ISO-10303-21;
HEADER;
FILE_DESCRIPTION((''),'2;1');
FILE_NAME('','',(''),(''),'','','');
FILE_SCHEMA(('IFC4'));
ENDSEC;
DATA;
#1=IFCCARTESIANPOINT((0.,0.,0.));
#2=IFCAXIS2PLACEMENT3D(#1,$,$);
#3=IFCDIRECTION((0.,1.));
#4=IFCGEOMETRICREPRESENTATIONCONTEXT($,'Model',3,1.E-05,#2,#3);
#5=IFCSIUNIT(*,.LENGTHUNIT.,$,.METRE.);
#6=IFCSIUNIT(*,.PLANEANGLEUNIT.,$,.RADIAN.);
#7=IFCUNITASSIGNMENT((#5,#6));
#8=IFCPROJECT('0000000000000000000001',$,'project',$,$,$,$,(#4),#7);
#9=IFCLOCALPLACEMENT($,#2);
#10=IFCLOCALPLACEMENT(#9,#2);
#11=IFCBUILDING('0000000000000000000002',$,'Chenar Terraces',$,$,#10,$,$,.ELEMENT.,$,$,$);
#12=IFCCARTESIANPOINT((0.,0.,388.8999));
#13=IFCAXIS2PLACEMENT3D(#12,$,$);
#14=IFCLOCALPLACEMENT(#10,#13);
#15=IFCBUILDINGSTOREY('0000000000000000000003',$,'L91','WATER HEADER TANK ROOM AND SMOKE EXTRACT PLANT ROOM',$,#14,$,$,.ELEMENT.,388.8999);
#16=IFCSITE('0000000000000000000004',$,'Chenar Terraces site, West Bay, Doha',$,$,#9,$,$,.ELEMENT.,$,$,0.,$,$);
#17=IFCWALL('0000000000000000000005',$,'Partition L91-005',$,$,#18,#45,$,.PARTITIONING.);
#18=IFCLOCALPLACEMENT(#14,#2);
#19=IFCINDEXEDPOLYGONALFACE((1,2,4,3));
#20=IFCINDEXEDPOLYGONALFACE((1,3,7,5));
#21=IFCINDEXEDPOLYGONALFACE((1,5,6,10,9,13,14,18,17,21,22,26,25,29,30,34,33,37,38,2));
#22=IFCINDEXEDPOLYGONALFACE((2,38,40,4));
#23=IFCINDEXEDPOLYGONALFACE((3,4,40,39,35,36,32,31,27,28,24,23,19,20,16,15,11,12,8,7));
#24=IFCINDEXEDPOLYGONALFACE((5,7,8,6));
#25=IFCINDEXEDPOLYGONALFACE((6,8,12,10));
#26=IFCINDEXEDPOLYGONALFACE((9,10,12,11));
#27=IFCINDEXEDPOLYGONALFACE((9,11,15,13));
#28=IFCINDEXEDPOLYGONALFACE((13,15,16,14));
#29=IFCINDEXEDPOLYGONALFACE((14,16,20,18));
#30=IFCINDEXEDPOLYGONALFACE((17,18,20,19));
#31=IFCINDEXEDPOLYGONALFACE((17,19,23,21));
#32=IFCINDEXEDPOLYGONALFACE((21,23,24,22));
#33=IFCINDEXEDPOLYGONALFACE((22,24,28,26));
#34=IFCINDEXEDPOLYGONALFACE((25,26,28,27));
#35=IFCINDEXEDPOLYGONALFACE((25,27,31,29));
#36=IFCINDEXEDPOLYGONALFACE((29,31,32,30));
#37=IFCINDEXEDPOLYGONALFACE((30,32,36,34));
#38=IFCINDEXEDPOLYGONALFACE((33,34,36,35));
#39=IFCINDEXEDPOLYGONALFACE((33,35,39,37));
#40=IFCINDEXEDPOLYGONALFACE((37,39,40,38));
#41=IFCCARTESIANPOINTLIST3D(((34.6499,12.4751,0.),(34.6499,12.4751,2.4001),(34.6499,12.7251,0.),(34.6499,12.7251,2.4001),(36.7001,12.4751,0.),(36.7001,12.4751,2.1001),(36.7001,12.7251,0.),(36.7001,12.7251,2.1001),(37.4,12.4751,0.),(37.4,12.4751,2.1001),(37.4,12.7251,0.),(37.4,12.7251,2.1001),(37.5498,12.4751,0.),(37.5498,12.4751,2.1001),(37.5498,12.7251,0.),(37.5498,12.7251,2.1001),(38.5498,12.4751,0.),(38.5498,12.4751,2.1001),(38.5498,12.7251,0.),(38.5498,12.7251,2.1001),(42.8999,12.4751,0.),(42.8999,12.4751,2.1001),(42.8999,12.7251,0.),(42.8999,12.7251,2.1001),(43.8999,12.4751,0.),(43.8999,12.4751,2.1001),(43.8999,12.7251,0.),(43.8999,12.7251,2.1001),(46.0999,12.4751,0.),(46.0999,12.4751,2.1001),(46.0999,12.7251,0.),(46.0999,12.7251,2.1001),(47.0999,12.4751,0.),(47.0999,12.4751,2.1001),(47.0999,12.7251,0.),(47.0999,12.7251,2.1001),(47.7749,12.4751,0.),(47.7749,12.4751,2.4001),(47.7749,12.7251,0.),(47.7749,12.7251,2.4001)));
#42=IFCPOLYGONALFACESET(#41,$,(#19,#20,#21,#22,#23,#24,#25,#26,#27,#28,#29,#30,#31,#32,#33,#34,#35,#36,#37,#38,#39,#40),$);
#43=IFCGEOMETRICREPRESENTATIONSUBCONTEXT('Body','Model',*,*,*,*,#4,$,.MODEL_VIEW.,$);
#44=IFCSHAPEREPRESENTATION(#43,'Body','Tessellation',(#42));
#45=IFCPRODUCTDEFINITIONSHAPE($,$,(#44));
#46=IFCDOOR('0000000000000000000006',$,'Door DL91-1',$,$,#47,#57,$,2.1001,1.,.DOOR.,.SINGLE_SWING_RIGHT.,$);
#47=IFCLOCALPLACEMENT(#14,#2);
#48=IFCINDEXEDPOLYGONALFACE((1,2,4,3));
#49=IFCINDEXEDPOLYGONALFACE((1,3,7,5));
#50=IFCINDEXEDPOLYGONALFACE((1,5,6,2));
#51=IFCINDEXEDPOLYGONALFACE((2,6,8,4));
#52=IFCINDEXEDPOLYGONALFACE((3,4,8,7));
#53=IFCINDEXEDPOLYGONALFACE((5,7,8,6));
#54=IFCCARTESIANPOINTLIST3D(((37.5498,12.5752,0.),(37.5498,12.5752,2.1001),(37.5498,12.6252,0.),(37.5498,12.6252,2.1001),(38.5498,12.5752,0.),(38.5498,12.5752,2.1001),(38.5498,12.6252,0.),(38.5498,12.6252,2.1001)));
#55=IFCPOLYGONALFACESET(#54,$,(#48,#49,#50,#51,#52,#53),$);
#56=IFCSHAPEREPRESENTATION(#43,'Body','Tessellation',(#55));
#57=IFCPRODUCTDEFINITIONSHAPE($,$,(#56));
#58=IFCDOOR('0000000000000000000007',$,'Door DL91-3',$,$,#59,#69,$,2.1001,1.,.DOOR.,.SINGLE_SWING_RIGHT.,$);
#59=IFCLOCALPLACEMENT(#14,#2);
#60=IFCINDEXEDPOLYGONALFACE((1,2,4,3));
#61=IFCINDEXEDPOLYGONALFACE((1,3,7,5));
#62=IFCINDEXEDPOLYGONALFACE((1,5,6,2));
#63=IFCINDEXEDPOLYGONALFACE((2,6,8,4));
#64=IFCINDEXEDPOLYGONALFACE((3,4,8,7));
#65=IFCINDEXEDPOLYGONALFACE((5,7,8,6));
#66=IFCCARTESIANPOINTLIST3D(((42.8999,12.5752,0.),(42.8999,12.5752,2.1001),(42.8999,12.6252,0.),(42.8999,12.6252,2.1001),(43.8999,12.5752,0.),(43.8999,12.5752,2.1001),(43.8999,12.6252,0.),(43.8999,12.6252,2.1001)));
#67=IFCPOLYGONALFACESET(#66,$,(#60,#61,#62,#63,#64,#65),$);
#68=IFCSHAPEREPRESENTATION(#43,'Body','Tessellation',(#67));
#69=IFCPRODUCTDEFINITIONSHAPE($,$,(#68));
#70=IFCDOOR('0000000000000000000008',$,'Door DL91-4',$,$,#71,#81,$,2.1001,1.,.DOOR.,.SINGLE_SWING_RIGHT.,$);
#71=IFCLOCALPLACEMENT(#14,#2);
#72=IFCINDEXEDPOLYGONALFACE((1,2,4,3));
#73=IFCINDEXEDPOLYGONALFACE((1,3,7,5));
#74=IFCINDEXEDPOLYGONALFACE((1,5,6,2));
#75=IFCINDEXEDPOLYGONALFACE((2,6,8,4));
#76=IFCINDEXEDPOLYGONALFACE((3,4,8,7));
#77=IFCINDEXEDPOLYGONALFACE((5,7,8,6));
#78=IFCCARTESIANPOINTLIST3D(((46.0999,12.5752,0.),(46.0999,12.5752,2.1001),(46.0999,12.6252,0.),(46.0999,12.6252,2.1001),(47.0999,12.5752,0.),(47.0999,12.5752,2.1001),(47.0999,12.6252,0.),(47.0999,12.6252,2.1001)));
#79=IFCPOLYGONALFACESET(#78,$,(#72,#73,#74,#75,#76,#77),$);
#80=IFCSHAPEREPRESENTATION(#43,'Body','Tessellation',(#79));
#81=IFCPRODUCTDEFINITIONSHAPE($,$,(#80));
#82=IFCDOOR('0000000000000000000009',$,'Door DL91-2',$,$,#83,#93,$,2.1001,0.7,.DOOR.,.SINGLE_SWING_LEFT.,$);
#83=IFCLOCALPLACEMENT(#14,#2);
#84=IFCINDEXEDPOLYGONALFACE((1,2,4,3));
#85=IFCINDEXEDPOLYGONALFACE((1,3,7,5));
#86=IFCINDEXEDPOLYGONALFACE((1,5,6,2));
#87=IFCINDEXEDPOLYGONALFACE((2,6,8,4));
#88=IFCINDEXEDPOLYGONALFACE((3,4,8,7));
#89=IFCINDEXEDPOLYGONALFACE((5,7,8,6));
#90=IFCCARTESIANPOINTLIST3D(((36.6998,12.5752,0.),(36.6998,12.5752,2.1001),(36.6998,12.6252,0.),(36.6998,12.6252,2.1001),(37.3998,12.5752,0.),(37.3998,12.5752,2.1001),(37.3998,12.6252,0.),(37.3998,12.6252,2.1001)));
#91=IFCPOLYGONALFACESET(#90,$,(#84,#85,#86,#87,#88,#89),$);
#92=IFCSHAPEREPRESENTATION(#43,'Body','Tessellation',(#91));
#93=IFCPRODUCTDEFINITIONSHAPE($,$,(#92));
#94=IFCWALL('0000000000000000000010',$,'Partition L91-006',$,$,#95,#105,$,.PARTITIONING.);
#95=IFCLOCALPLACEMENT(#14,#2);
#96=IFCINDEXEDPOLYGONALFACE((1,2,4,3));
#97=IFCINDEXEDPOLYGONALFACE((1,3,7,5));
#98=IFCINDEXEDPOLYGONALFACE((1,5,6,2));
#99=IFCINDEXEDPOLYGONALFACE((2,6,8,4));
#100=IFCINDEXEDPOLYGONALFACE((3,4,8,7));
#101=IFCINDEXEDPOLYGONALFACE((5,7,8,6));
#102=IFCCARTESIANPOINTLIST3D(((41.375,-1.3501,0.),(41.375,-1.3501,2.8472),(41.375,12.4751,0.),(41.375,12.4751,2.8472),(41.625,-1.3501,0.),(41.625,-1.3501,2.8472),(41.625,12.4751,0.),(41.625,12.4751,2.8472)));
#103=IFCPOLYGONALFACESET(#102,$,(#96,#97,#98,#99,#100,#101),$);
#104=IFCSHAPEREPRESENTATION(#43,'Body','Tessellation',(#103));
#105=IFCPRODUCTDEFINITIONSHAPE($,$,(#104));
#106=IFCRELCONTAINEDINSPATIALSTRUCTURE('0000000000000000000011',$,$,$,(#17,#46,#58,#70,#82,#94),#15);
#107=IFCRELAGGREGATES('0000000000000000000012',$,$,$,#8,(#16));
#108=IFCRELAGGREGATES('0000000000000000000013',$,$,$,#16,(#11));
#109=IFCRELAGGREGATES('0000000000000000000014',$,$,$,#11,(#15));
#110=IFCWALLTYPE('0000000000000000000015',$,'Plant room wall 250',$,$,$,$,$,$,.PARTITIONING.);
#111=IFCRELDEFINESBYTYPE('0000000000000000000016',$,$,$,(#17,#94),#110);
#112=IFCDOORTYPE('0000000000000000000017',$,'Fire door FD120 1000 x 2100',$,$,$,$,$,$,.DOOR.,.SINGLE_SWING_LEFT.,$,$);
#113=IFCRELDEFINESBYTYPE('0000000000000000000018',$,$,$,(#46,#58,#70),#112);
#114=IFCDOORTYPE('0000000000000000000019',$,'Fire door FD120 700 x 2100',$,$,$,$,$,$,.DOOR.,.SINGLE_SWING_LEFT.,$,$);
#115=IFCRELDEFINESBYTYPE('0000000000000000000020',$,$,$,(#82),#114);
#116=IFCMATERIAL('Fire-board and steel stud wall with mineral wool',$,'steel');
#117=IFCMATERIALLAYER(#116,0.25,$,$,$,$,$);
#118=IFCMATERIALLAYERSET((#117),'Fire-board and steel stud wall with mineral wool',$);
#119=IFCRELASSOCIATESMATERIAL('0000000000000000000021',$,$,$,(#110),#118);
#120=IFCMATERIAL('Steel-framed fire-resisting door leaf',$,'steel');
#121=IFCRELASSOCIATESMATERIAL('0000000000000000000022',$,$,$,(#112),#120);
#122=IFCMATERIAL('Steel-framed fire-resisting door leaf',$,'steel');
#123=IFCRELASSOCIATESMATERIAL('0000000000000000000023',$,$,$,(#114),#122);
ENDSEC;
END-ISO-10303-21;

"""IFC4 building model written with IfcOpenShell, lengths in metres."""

from ifc_helpers import new_model, si_unit, direction, frame, frame_2d, origin, place, context, subcontext, project, spatial, rectangle, extrude, material, layer, layer_set, type_object, element, fill, save


model = new_model("IFC4")

# Units and contexts
model_context = context("Model", 3, precision=1e-05, world=origin(), true_north=direction((0.0, 1.0)))
body_context = subcontext(model_context, "Body", "Model", "MODEL_VIEW")
ifc_project = project(units=[si_unit("LENGTHUNIT", "METRE"), si_unit("PLANEANGLEUNIT", "RADIAN")], contexts=[model_context])

# Site, building, storey
site_placement = place(None, origin())
site = spatial("IfcSite", under=ifc_project, at=site_placement, Name="Chenar Terraces site, West Bay, Doha", CompositionType="ELEMENT", RefElevation=0.0)
building_placement = place(site_placement, origin())
building = spatial("IfcBuilding", under=site, at=building_placement, Name="Chenar Terraces", CompositionType="ELEMENT")
storey_placement = place(building_placement, frame((0.0, 0.0, 388.8999)))
storey = spatial("IfcBuildingStorey", under=building, at=storey_placement, Name="L91", Description="WATER HEADER TANK ROOM AND SMOKE EXTRACT PLANT ROOM", CompositionType="ELEMENT", Elevation=388.8999)

# Wall, openings, doors
ifc_material_1 = material(Name="Fire-board and steel stud wall with mineral wool", Category="steel")
ifc_layer_1 = layer(ifc_material_1, 0.25)
ifc_layer_set_1 = layer_set([ifc_layer_1], Name="Fire-board and steel stud wall with mineral wool")
wall_type_1 = type_object("IfcWallType", Name="Plant room wall 250", PredefinedType="PARTITIONING", material=ifc_layer_set_1)
wall_1_placement = place(storey_placement, frame((34.6499, 12.6001, 0.0), z_axis=(0.0, 0.0, 1.0), x_axis=(1.0, 0.0, 0.0)))
wall_1 = element("IfcWall", 1, at=wall_1_placement, inside=storey, type_object=wall_type_1, Name="Partition L91-005", PredefinedType="PARTITIONING", context=body_context, shape_type="SweptSolid", body=[
    extrude(rectangle(XDim=13.125, YDim=0.25, at=frame_2d((6.5625, 0.0))), origin(), (0.0, 0.0, 1.0), 2.4001),
])
opening_1_placement = place(wall_1_placement, frame((2.8999, 0.0, 0.0)))
opening_1 = element("IfcOpeningElement", 2, at=opening_1_placement, cuts=wall_1, PredefinedType="OPENING", context=body_context, shape_type="SweptSolid", body=[
    extrude(rectangle(XDim=1.0, YDim=2.1001, at=frame_2d((0.5, 1.05))), frame((0.0, 0.135, 0.0), z_axis=(0.0, -1.0, 0.0), x_axis=(1.0, 0.0, 0.0)), (0.0, 0.0, 1.0), 0.27),
])
opening_2_placement = place(wall_1_placement, frame((2.05, 0.0, 0.0)))
opening_2 = element("IfcOpeningElement", 3, at=opening_2_placement, cuts=wall_1, PredefinedType="OPENING", context=body_context, shape_type="SweptSolid", body=[
    extrude(rectangle(XDim=0.7, YDim=2.1001, at=frame_2d((0.3501, 1.05))), frame((0.0, 0.135, 0.0), z_axis=(0.0, -1.0, 0.0), x_axis=(1.0, 0.0, 0.0)), (0.0, 0.0, 1.0), 0.27),
])
opening_3_placement = place(wall_1_placement, frame((8.25, 0.0, 0.0)))
opening_3 = element("IfcOpeningElement", 4, at=opening_3_placement, cuts=wall_1, PredefinedType="OPENING", context=body_context, shape_type="SweptSolid", body=[
    extrude(rectangle(XDim=1.0, YDim=2.1001, at=frame_2d((0.5, 1.05))), frame((0.0, 0.135, 0.0), z_axis=(0.0, -1.0, 0.0), x_axis=(1.0, 0.0, 0.0)), (0.0, 0.0, 1.0), 0.27),
])
opening_4_placement = place(wall_1_placement, frame((11.45, 0.0, 0.0)))
opening_4 = element("IfcOpeningElement", 5, at=opening_4_placement, cuts=wall_1, PredefinedType="OPENING", context=body_context, shape_type="SweptSolid", body=[
    extrude(rectangle(XDim=1.0, YDim=2.1001, at=frame_2d((0.5, 1.05))), frame((0.0, 0.135, 0.0), z_axis=(0.0, -1.0, 0.0), x_axis=(1.0, 0.0, 0.0)), (0.0, 0.0, 1.0), 0.27),
])
ifc_material_2 = material(Name="Steel-framed fire-resisting door leaf", Category="steel")
door_type_1 = type_object("IfcDoorType", Name="Fire door FD120 1000 x 2100", OperationType="SINGLE_SWING_LEFT", PredefinedType="DOOR", material=ifc_material_2)
door_1_placement = place(opening_1_placement, frame((1.0, 0.0, 0.0), z_axis=(0.0, 0.0, 1.0), x_axis=(-1.0, 0.0, 0.0)))
door_1 = element("IfcDoor", 6, at=door_1_placement, inside=storey, type_object=door_type_1, Name="Door DL91-1", OperationType="SINGLE_SWING_RIGHT", OverallHeight=2.1001, OverallWidth=1.0, PredefinedType="DOOR", context=body_context, shape_type="SweptSolid", body=[
    extrude(rectangle(XDim=1.0, YDim=2.1001, at=frame_2d((0.5, 1.05))), frame((0.0, 0.0249, 0.0), z_axis=(0.0, -1.0, 0.0), x_axis=(1.0, 0.0, 0.0)), (0.0, 0.0, 1.0), 0.05),
])
fill(opening_1, door_1)
door_2_placement = place(opening_3_placement, frame((1.0, 0.0, 0.0), z_axis=(0.0, 0.0, 1.0), x_axis=(-1.0, 0.0, 0.0)))
door_2 = element("IfcDoor", 7, at=door_2_placement, inside=storey, type_object=door_type_1, Name="Door DL91-3", OperationType="SINGLE_SWING_RIGHT", OverallHeight=2.1001, OverallWidth=1.0, PredefinedType="DOOR", context=body_context, shape_type="SweptSolid", body=[
    extrude(rectangle(XDim=1.0, YDim=2.1001, at=frame_2d((0.5, 1.05))), frame((0.0, 0.0249, 0.0), z_axis=(0.0, -1.0, 0.0), x_axis=(1.0, 0.0, 0.0)), (0.0, 0.0, 1.0), 0.05),
])
fill(opening_3, door_2)
door_3_placement = place(opening_4_placement, frame((1.0, 0.0, 0.0), z_axis=(0.0, 0.0, 1.0), x_axis=(-1.0, 0.0, 0.0)))
door_3 = element("IfcDoor", 8, at=door_3_placement, inside=storey, type_object=door_type_1, Name="Door DL91-4", OperationType="SINGLE_SWING_RIGHT", OverallHeight=2.1001, OverallWidth=1.0, PredefinedType="DOOR", context=body_context, shape_type="SweptSolid", body=[
    extrude(rectangle(XDim=1.0, YDim=2.1001, at=frame_2d((0.5, 1.05))), frame((0.0, 0.0249, 0.0), z_axis=(0.0, -1.0, 0.0), x_axis=(1.0, 0.0, 0.0)), (0.0, 0.0, 1.0), 0.05),
])
fill(opening_4, door_3)
ifc_material_3 = material(Name="Steel-framed fire-resisting door leaf", Category="steel")
door_type_2 = type_object("IfcDoorType", Name="Fire door FD120 700 x 2100", OperationType="SINGLE_SWING_LEFT", PredefinedType="DOOR", material=ifc_material_3)
door_4_placement = place(opening_2_placement, frame((0.7, 0.0, 0.0), z_axis=(0.0, 0.0, 1.0), x_axis=(-1.0, 0.0, 0.0)))
door_4 = element("IfcDoor", 9, at=door_4_placement, inside=storey, type_object=door_type_2, Name="Door DL91-2", OperationType="SINGLE_SWING_LEFT", OverallHeight=2.1001, OverallWidth=0.7, PredefinedType="DOOR", context=body_context, shape_type="SweptSolid", body=[
    extrude(rectangle(XDim=0.7, YDim=2.1001, at=frame_2d((0.3501, 1.05))), frame((0.0, 0.0249, 0.0), z_axis=(0.0, -1.0, 0.0), x_axis=(1.0, 0.0, 0.0)), (0.0, 0.0, 1.0), 0.05),
])
fill(opening_2, door_4)

# Wall
wall_2_placement = place(storey_placement, frame((41.5, -1.3501, 0.0), z_axis=(0.0, 0.0, 1.0), x_axis=(0.0, 1.0, 0.0)))
element("IfcWall", 10, at=wall_2_placement, inside=storey, type_object=wall_type_1, Name="Partition L91-006", PredefinedType="PARTITIONING", context=body_context, shape_type="SweptSolid", body=[
    extrude(rectangle(XDim=13.8252, YDim=0.25, at=frame_2d((6.9126, 0.0))), origin(), (0.0, 0.0, 1.0), 2.8472),
])

save(model, "model.ifc")
